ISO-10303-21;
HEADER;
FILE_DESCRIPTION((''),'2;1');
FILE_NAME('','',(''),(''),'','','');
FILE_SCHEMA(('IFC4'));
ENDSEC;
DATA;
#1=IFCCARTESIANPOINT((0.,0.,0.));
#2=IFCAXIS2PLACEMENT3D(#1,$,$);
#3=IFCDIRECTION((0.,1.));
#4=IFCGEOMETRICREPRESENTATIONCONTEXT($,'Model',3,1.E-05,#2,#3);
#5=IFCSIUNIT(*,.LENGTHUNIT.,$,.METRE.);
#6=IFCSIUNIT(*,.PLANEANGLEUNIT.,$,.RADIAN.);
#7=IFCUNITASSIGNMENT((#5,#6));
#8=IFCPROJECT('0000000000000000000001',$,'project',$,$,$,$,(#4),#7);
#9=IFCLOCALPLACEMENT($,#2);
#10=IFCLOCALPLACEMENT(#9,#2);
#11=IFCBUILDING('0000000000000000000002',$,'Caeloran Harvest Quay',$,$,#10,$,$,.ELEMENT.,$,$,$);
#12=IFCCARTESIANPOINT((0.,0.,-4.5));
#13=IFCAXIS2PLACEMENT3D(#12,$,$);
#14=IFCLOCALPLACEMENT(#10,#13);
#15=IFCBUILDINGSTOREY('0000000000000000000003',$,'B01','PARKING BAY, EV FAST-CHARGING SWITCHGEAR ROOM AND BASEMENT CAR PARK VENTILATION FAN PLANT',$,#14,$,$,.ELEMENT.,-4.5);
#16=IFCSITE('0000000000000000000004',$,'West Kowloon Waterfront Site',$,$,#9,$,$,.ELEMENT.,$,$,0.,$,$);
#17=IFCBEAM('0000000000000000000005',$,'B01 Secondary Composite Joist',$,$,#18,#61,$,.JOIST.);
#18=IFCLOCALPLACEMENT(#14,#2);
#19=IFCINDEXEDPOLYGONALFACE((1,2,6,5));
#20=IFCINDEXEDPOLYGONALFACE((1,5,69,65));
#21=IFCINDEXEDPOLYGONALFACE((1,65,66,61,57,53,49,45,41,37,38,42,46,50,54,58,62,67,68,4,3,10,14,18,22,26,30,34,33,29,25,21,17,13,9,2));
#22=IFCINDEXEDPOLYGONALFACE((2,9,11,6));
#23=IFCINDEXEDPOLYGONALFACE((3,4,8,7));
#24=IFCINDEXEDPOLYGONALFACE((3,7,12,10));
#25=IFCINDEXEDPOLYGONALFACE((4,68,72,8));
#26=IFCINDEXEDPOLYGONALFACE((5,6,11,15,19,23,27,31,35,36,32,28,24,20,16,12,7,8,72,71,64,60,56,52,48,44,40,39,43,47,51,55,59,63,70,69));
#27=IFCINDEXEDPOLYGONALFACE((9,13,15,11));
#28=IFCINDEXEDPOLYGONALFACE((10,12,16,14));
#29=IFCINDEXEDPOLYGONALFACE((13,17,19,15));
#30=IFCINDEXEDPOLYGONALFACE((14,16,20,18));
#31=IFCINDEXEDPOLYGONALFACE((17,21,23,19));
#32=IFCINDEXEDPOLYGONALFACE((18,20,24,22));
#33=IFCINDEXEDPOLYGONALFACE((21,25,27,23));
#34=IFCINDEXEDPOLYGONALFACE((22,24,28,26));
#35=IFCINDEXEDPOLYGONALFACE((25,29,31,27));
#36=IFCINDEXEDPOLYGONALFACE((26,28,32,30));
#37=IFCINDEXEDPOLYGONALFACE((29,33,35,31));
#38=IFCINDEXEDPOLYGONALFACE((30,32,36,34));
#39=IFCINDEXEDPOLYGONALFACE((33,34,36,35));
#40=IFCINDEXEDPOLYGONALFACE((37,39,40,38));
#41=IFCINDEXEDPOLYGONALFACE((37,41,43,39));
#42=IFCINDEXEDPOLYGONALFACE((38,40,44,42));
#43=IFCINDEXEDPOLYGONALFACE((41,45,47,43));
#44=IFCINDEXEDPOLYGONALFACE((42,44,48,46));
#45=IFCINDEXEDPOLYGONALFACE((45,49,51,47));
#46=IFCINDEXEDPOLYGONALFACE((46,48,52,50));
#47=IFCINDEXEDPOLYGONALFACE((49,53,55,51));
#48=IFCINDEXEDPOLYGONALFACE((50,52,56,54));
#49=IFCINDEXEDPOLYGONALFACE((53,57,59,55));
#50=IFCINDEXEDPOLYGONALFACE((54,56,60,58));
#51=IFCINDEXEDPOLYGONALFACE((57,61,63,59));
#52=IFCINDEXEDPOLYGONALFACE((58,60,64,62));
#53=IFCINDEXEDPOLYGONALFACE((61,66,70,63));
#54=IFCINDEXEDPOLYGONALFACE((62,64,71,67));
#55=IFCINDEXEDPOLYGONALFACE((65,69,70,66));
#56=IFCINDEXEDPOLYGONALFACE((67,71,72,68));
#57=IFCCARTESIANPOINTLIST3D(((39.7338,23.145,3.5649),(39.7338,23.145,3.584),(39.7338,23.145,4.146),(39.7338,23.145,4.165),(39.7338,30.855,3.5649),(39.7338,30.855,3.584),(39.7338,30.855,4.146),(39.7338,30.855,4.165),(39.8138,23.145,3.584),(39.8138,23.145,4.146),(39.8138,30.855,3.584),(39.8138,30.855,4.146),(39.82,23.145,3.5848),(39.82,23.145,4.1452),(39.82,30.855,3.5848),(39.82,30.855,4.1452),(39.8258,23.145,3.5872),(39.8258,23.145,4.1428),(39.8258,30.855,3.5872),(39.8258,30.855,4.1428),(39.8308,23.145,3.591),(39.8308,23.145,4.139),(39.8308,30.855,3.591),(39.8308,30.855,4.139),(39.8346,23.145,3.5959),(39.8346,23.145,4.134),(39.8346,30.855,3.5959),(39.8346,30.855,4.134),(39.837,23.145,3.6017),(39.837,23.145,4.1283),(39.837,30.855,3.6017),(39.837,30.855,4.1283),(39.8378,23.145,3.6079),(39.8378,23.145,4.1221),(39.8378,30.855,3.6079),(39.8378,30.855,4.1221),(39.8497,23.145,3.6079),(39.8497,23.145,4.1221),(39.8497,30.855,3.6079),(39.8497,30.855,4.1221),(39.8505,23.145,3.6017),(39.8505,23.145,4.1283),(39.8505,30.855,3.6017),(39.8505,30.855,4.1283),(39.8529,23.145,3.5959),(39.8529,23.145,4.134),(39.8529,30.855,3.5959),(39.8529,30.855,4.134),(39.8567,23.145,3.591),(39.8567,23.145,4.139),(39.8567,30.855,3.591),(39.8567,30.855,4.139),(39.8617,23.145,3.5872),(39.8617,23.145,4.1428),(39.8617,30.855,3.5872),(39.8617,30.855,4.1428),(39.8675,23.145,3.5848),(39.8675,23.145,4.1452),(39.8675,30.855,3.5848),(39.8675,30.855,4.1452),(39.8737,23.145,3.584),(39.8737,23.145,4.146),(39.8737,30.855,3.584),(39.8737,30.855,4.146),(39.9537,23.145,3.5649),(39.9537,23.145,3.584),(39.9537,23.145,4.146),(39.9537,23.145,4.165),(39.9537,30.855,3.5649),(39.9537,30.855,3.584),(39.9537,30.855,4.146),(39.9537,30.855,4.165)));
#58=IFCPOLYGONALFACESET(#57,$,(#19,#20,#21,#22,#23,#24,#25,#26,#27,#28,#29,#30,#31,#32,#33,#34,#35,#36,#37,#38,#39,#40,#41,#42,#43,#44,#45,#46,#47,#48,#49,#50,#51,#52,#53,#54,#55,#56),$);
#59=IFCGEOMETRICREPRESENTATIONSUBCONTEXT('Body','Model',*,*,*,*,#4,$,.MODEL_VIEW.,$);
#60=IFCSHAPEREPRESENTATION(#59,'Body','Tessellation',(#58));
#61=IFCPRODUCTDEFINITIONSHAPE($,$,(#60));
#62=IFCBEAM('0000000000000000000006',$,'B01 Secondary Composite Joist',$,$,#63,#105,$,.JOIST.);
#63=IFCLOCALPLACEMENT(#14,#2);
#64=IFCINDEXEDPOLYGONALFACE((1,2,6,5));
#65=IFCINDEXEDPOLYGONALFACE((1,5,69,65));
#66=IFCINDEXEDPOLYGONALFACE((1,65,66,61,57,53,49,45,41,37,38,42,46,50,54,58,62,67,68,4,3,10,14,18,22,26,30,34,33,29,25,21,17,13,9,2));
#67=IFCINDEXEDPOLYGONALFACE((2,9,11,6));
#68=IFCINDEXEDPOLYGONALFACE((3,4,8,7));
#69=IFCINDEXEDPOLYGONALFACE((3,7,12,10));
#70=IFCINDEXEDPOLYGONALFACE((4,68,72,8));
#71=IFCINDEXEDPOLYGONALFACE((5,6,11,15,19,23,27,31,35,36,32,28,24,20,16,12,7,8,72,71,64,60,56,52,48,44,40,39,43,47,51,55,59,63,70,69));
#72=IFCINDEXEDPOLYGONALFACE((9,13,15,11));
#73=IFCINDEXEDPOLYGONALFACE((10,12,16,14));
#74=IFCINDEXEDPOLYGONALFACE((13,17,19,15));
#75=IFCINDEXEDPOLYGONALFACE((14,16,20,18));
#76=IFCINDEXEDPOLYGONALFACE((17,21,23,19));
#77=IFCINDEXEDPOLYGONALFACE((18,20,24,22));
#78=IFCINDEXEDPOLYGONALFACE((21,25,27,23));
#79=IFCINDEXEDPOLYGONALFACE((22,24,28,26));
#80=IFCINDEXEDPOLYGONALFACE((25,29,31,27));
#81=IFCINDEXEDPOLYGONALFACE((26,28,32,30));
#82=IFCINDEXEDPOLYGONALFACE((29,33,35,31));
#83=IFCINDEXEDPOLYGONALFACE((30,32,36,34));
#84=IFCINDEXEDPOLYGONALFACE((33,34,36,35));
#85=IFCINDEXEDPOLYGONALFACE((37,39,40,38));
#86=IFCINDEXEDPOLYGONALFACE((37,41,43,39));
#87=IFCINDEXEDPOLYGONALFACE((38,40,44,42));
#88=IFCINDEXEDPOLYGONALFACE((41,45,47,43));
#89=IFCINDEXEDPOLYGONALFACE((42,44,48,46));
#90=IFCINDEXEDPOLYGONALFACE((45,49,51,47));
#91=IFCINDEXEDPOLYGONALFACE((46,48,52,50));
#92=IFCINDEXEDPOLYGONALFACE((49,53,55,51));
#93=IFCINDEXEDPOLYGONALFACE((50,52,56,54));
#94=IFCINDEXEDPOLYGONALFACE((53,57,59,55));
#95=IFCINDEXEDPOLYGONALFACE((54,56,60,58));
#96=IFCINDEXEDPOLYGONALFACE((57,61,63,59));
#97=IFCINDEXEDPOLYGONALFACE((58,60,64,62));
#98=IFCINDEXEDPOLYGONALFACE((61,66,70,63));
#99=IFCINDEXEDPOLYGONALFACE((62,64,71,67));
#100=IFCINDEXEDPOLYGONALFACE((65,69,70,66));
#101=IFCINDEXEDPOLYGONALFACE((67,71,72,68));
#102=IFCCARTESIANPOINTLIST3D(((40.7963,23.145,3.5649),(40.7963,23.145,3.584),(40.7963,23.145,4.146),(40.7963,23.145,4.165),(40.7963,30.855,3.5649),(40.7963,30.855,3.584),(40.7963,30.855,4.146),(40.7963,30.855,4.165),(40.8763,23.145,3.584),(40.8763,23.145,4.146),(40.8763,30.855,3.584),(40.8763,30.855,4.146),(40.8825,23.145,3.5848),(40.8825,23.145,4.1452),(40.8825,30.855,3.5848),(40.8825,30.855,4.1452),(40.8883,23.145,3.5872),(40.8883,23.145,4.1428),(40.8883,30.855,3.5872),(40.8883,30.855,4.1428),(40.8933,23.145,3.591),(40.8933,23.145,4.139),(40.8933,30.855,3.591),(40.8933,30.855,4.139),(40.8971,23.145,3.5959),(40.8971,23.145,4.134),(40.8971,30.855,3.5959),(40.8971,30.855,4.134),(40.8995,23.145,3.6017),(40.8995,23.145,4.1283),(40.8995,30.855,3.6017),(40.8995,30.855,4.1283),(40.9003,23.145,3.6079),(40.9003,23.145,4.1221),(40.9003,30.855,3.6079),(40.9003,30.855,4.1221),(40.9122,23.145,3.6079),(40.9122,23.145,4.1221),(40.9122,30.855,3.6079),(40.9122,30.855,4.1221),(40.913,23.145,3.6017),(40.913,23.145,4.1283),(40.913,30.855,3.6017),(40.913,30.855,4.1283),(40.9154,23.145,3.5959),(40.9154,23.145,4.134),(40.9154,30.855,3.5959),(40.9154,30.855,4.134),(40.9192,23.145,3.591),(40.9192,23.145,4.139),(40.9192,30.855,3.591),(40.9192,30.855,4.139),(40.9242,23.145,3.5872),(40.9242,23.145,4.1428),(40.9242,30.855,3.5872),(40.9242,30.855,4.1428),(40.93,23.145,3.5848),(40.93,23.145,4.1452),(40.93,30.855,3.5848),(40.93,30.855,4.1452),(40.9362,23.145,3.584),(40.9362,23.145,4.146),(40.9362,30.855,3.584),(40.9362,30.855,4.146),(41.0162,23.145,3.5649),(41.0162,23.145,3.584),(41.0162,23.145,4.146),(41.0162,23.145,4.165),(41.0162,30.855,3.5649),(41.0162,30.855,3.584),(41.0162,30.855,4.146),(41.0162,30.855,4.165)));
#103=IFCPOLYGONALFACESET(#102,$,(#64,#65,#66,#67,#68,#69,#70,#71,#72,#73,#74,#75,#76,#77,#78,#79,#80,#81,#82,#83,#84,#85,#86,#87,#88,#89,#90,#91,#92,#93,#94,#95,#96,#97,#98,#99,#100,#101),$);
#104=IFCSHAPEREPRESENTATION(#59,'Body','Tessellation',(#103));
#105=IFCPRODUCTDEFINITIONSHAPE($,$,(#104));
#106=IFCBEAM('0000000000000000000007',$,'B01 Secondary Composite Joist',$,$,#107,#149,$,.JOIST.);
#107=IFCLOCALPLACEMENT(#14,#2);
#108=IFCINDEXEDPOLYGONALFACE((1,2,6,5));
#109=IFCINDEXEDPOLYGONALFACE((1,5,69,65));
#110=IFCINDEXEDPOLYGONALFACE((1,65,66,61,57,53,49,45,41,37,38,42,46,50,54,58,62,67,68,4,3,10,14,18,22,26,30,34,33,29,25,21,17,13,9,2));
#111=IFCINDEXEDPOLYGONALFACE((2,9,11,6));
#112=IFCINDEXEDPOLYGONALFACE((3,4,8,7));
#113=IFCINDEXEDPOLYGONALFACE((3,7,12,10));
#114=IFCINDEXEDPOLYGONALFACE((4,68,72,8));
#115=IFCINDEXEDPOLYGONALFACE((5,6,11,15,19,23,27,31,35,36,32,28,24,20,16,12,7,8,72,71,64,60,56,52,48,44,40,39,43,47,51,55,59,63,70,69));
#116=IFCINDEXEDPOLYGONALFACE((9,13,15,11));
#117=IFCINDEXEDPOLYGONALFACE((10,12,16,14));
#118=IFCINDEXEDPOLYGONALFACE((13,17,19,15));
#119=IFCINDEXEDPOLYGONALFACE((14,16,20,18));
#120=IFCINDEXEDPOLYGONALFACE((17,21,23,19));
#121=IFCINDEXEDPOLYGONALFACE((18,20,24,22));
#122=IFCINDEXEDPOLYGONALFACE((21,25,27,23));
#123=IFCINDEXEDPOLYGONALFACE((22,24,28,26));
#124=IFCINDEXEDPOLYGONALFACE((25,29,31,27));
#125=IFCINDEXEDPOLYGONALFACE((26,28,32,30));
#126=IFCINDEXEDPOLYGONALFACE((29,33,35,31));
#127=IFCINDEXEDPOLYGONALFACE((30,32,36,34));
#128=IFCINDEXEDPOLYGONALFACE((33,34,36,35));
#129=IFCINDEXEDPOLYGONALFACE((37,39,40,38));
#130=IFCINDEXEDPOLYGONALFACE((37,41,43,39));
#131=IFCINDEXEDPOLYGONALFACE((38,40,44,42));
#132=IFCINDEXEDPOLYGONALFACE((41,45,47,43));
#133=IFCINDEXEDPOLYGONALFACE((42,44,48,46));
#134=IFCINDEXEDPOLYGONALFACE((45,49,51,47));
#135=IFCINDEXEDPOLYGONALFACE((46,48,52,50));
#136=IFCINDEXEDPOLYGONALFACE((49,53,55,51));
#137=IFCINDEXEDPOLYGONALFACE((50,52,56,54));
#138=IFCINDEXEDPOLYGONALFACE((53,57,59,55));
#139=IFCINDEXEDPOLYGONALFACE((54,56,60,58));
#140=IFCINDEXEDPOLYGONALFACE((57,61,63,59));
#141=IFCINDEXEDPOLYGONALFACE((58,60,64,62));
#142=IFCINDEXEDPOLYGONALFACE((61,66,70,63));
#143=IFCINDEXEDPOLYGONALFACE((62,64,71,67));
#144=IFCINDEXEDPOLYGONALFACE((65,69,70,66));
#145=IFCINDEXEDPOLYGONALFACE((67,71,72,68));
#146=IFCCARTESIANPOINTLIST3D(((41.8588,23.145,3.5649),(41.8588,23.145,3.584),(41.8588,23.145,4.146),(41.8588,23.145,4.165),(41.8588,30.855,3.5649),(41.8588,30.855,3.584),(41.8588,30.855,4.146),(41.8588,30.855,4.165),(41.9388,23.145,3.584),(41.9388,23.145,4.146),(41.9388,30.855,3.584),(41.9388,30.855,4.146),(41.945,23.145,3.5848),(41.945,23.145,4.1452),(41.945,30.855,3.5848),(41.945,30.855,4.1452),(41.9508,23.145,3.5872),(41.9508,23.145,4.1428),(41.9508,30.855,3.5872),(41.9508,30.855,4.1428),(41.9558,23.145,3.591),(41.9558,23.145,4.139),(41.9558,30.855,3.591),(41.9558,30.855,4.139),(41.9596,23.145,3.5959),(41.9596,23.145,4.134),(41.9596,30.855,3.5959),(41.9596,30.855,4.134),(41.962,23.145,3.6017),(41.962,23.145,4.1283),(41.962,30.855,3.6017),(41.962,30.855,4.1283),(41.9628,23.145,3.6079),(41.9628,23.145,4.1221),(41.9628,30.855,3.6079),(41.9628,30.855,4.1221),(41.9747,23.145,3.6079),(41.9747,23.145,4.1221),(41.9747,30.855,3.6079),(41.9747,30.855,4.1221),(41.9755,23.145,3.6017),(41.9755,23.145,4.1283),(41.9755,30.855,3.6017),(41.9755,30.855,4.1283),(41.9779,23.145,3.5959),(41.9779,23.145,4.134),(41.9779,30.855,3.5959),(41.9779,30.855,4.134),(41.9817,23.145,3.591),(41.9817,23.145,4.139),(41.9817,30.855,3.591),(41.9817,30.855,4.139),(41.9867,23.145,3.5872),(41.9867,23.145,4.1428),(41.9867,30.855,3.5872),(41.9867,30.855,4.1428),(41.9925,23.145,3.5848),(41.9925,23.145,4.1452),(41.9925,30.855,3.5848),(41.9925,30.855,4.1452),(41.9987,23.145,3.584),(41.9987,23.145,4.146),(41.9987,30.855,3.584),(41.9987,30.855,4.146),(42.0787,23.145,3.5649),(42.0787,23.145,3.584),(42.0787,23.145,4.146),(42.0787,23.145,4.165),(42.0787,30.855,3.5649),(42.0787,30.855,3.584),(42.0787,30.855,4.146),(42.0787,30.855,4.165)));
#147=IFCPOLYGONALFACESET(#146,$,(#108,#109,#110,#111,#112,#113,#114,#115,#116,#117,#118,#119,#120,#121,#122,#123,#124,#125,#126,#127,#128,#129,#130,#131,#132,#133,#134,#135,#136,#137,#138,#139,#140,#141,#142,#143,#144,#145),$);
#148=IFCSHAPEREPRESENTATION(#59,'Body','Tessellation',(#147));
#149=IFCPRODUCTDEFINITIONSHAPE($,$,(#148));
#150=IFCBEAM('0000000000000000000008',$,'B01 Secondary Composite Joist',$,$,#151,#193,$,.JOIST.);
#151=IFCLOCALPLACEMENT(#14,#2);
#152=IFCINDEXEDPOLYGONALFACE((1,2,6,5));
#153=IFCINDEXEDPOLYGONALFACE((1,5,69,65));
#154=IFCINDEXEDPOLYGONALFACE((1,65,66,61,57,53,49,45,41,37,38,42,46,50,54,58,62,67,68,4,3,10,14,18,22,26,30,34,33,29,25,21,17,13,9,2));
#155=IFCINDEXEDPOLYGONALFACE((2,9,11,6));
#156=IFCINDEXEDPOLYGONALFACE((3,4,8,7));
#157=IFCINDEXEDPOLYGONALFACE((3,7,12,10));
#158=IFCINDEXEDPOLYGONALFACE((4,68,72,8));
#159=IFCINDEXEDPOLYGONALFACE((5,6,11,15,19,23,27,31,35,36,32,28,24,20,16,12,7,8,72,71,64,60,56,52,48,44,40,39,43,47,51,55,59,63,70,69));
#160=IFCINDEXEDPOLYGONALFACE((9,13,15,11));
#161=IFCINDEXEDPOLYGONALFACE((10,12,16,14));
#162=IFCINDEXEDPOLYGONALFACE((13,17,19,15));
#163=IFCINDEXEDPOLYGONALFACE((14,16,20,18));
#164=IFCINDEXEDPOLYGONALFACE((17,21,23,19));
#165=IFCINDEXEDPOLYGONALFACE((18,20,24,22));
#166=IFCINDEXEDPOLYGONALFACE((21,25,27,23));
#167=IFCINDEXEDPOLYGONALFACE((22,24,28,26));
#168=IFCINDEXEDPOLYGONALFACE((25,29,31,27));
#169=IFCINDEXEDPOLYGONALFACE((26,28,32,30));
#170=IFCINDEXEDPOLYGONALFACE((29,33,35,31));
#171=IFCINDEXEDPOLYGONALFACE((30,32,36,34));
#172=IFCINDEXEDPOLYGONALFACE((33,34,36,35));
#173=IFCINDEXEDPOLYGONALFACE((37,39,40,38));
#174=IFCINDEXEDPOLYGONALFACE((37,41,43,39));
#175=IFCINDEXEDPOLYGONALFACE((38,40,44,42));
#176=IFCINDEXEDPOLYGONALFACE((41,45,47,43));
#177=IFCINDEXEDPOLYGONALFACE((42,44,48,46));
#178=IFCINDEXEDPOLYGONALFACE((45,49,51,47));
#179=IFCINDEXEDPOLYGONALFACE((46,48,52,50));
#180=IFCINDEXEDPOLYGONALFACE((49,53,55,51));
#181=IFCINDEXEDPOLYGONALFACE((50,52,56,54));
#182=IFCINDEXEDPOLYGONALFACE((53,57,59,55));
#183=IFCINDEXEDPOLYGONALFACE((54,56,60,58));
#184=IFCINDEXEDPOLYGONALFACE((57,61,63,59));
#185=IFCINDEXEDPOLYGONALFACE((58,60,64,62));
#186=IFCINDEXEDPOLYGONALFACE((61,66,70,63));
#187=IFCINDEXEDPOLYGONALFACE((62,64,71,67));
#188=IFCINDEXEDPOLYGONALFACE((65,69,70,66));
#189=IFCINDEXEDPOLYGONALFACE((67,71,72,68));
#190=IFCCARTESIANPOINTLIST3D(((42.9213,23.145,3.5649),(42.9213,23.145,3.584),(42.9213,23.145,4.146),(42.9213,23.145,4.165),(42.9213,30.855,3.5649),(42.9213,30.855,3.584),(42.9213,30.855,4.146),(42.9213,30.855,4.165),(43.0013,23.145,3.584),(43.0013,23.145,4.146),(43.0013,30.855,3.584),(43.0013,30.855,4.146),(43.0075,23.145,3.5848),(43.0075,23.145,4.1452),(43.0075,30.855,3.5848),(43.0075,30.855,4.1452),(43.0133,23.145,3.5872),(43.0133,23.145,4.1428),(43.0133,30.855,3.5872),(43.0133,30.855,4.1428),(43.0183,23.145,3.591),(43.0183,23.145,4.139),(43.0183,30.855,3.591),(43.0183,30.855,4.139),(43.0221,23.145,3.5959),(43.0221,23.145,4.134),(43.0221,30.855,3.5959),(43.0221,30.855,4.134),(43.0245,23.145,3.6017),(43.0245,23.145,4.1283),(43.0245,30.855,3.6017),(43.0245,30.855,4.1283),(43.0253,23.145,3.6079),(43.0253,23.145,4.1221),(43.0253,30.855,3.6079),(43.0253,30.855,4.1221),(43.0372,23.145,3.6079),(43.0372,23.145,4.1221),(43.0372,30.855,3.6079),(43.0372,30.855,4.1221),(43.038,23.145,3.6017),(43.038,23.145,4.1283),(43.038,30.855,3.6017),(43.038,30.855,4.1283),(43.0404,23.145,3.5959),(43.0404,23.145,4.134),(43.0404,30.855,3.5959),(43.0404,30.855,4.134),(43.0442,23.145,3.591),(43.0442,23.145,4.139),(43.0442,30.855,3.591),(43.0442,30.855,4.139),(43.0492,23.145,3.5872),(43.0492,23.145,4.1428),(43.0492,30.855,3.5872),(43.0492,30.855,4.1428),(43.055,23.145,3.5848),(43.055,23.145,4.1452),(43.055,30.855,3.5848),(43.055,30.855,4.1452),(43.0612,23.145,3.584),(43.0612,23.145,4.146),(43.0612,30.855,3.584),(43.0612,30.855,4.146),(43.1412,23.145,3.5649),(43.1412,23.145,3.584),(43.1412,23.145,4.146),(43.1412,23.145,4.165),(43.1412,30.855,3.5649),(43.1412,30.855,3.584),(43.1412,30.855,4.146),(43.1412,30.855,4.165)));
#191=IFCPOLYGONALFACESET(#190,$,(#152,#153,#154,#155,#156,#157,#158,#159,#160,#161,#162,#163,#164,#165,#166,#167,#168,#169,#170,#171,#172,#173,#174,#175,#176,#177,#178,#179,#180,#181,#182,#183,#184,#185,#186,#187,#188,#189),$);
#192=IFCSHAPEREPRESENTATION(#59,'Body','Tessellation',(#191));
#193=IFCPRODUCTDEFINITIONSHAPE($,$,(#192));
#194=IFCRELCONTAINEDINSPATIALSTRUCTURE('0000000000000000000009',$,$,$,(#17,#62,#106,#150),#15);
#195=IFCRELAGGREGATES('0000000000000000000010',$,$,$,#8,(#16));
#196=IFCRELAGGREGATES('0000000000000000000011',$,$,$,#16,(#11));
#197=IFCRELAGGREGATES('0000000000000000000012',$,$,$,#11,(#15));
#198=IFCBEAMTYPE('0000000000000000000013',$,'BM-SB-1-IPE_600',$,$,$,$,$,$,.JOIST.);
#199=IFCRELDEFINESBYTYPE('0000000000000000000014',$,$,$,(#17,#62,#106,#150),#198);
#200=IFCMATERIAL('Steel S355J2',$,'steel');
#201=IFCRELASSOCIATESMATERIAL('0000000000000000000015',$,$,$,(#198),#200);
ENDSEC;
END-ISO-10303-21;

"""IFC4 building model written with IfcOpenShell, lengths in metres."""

from ifc_helpers import new_model, si_unit, direction, frame, origin, origin_2d, place, context, subcontext, project, spatial, i_section, extrude, material, material_profile, profile_set, type_object, element, save


model = new_model("IFC4")

# Units and contexts
model_context = context("Model", 3, precision=1e-05, world=origin(), true_north=direction((0.0, 1.0)))
body_context = subcontext(model_context, "Body", "Model", "MODEL_VIEW")
ifc_project = project(units=[si_unit("LENGTHUNIT", "METRE"), si_unit("PLANEANGLEUNIT", "RADIAN")], contexts=[model_context])

# Site, building, storey
site_placement = place(None, origin())
site = spatial("IfcSite", under=ifc_project, at=site_placement, Name="West Kowloon Waterfront Site", CompositionType="ELEMENT", RefElevation=0.0)
building_placement = place(site_placement, origin())
building = spatial("IfcBuilding", under=site, at=building_placement, Name="Caeloran Harvest Quay", CompositionType="ELEMENT")
storey_placement = place(building_placement, frame((0.0, 0.0, -4.5)))
storey = spatial("IfcBuildingStorey", under=building, at=storey_placement, Name="B01", Description="PARKING BAY, EV FAST-CHARGING SWITCHGEAR ROOM AND BASEMENT CAR PARK VENTILATION FAN PLANT", CompositionType="ELEMENT", Elevation=-4.5)

# Beams
ifc_material_1 = material(Name="Steel S355J2", Category="steel")
ifc_material_profile_1 = material_profile(ifc_material_1, i_section(OverallWidth=0.22, OverallDepth=0.6001, WebThickness=0.012, FlangeThickness=0.019, FilletRadius=0.0239, at=origin_2d()), Name="IPE 600")
ifc_profile_set_1 = profile_set([ifc_material_profile_1], Name="Steel S355J2")
beam_type_1 = type_object("IfcBeamType", Name="BM-SB-1-IPE_600", PredefinedType="JOIST", material=ifc_profile_set_1)
for number, where, z_axis, x_axis, name in (
    (1, (39.8438, 23.145, 3.865), (0.0, 1.0, 0.0), (-1.0, 0.0, 0.0), "B01 Secondary Composite Joist"),
    (2, (40.9062, 23.145, 3.865), (0.0, 1.0, 0.0), (-1.0, 0.0, 0.0), "B01 Secondary Composite Joist"),
    (3, (41.9688, 23.145, 3.865), (0.0, 1.0, 0.0), (-1.0, 0.0, 0.0), "B01 Secondary Composite Joist"),
    (4, (43.0312, 23.145, 3.865), (0.0, 1.0, 0.0), (-1.0, 0.0, 0.0), "B01 Secondary Composite Joist"),
):
    element("IfcBeam", number, at=place(storey_placement, frame(where, z_axis=z_axis, x_axis=x_axis)), inside=storey, type_object=beam_type_1, Name=name, PredefinedType="JOIST", context=body_context, shape_type="SweptSolid", body=[
        extrude(i_section(OverallWidth=0.22, OverallDepth=0.6001, WebThickness=0.012, FlangeThickness=0.019, FilletRadius=0.0239, at=origin_2d()), origin(), (0.0, 0.0, 1.0), 7.71),
    ])

save(model, "model.ifc")
